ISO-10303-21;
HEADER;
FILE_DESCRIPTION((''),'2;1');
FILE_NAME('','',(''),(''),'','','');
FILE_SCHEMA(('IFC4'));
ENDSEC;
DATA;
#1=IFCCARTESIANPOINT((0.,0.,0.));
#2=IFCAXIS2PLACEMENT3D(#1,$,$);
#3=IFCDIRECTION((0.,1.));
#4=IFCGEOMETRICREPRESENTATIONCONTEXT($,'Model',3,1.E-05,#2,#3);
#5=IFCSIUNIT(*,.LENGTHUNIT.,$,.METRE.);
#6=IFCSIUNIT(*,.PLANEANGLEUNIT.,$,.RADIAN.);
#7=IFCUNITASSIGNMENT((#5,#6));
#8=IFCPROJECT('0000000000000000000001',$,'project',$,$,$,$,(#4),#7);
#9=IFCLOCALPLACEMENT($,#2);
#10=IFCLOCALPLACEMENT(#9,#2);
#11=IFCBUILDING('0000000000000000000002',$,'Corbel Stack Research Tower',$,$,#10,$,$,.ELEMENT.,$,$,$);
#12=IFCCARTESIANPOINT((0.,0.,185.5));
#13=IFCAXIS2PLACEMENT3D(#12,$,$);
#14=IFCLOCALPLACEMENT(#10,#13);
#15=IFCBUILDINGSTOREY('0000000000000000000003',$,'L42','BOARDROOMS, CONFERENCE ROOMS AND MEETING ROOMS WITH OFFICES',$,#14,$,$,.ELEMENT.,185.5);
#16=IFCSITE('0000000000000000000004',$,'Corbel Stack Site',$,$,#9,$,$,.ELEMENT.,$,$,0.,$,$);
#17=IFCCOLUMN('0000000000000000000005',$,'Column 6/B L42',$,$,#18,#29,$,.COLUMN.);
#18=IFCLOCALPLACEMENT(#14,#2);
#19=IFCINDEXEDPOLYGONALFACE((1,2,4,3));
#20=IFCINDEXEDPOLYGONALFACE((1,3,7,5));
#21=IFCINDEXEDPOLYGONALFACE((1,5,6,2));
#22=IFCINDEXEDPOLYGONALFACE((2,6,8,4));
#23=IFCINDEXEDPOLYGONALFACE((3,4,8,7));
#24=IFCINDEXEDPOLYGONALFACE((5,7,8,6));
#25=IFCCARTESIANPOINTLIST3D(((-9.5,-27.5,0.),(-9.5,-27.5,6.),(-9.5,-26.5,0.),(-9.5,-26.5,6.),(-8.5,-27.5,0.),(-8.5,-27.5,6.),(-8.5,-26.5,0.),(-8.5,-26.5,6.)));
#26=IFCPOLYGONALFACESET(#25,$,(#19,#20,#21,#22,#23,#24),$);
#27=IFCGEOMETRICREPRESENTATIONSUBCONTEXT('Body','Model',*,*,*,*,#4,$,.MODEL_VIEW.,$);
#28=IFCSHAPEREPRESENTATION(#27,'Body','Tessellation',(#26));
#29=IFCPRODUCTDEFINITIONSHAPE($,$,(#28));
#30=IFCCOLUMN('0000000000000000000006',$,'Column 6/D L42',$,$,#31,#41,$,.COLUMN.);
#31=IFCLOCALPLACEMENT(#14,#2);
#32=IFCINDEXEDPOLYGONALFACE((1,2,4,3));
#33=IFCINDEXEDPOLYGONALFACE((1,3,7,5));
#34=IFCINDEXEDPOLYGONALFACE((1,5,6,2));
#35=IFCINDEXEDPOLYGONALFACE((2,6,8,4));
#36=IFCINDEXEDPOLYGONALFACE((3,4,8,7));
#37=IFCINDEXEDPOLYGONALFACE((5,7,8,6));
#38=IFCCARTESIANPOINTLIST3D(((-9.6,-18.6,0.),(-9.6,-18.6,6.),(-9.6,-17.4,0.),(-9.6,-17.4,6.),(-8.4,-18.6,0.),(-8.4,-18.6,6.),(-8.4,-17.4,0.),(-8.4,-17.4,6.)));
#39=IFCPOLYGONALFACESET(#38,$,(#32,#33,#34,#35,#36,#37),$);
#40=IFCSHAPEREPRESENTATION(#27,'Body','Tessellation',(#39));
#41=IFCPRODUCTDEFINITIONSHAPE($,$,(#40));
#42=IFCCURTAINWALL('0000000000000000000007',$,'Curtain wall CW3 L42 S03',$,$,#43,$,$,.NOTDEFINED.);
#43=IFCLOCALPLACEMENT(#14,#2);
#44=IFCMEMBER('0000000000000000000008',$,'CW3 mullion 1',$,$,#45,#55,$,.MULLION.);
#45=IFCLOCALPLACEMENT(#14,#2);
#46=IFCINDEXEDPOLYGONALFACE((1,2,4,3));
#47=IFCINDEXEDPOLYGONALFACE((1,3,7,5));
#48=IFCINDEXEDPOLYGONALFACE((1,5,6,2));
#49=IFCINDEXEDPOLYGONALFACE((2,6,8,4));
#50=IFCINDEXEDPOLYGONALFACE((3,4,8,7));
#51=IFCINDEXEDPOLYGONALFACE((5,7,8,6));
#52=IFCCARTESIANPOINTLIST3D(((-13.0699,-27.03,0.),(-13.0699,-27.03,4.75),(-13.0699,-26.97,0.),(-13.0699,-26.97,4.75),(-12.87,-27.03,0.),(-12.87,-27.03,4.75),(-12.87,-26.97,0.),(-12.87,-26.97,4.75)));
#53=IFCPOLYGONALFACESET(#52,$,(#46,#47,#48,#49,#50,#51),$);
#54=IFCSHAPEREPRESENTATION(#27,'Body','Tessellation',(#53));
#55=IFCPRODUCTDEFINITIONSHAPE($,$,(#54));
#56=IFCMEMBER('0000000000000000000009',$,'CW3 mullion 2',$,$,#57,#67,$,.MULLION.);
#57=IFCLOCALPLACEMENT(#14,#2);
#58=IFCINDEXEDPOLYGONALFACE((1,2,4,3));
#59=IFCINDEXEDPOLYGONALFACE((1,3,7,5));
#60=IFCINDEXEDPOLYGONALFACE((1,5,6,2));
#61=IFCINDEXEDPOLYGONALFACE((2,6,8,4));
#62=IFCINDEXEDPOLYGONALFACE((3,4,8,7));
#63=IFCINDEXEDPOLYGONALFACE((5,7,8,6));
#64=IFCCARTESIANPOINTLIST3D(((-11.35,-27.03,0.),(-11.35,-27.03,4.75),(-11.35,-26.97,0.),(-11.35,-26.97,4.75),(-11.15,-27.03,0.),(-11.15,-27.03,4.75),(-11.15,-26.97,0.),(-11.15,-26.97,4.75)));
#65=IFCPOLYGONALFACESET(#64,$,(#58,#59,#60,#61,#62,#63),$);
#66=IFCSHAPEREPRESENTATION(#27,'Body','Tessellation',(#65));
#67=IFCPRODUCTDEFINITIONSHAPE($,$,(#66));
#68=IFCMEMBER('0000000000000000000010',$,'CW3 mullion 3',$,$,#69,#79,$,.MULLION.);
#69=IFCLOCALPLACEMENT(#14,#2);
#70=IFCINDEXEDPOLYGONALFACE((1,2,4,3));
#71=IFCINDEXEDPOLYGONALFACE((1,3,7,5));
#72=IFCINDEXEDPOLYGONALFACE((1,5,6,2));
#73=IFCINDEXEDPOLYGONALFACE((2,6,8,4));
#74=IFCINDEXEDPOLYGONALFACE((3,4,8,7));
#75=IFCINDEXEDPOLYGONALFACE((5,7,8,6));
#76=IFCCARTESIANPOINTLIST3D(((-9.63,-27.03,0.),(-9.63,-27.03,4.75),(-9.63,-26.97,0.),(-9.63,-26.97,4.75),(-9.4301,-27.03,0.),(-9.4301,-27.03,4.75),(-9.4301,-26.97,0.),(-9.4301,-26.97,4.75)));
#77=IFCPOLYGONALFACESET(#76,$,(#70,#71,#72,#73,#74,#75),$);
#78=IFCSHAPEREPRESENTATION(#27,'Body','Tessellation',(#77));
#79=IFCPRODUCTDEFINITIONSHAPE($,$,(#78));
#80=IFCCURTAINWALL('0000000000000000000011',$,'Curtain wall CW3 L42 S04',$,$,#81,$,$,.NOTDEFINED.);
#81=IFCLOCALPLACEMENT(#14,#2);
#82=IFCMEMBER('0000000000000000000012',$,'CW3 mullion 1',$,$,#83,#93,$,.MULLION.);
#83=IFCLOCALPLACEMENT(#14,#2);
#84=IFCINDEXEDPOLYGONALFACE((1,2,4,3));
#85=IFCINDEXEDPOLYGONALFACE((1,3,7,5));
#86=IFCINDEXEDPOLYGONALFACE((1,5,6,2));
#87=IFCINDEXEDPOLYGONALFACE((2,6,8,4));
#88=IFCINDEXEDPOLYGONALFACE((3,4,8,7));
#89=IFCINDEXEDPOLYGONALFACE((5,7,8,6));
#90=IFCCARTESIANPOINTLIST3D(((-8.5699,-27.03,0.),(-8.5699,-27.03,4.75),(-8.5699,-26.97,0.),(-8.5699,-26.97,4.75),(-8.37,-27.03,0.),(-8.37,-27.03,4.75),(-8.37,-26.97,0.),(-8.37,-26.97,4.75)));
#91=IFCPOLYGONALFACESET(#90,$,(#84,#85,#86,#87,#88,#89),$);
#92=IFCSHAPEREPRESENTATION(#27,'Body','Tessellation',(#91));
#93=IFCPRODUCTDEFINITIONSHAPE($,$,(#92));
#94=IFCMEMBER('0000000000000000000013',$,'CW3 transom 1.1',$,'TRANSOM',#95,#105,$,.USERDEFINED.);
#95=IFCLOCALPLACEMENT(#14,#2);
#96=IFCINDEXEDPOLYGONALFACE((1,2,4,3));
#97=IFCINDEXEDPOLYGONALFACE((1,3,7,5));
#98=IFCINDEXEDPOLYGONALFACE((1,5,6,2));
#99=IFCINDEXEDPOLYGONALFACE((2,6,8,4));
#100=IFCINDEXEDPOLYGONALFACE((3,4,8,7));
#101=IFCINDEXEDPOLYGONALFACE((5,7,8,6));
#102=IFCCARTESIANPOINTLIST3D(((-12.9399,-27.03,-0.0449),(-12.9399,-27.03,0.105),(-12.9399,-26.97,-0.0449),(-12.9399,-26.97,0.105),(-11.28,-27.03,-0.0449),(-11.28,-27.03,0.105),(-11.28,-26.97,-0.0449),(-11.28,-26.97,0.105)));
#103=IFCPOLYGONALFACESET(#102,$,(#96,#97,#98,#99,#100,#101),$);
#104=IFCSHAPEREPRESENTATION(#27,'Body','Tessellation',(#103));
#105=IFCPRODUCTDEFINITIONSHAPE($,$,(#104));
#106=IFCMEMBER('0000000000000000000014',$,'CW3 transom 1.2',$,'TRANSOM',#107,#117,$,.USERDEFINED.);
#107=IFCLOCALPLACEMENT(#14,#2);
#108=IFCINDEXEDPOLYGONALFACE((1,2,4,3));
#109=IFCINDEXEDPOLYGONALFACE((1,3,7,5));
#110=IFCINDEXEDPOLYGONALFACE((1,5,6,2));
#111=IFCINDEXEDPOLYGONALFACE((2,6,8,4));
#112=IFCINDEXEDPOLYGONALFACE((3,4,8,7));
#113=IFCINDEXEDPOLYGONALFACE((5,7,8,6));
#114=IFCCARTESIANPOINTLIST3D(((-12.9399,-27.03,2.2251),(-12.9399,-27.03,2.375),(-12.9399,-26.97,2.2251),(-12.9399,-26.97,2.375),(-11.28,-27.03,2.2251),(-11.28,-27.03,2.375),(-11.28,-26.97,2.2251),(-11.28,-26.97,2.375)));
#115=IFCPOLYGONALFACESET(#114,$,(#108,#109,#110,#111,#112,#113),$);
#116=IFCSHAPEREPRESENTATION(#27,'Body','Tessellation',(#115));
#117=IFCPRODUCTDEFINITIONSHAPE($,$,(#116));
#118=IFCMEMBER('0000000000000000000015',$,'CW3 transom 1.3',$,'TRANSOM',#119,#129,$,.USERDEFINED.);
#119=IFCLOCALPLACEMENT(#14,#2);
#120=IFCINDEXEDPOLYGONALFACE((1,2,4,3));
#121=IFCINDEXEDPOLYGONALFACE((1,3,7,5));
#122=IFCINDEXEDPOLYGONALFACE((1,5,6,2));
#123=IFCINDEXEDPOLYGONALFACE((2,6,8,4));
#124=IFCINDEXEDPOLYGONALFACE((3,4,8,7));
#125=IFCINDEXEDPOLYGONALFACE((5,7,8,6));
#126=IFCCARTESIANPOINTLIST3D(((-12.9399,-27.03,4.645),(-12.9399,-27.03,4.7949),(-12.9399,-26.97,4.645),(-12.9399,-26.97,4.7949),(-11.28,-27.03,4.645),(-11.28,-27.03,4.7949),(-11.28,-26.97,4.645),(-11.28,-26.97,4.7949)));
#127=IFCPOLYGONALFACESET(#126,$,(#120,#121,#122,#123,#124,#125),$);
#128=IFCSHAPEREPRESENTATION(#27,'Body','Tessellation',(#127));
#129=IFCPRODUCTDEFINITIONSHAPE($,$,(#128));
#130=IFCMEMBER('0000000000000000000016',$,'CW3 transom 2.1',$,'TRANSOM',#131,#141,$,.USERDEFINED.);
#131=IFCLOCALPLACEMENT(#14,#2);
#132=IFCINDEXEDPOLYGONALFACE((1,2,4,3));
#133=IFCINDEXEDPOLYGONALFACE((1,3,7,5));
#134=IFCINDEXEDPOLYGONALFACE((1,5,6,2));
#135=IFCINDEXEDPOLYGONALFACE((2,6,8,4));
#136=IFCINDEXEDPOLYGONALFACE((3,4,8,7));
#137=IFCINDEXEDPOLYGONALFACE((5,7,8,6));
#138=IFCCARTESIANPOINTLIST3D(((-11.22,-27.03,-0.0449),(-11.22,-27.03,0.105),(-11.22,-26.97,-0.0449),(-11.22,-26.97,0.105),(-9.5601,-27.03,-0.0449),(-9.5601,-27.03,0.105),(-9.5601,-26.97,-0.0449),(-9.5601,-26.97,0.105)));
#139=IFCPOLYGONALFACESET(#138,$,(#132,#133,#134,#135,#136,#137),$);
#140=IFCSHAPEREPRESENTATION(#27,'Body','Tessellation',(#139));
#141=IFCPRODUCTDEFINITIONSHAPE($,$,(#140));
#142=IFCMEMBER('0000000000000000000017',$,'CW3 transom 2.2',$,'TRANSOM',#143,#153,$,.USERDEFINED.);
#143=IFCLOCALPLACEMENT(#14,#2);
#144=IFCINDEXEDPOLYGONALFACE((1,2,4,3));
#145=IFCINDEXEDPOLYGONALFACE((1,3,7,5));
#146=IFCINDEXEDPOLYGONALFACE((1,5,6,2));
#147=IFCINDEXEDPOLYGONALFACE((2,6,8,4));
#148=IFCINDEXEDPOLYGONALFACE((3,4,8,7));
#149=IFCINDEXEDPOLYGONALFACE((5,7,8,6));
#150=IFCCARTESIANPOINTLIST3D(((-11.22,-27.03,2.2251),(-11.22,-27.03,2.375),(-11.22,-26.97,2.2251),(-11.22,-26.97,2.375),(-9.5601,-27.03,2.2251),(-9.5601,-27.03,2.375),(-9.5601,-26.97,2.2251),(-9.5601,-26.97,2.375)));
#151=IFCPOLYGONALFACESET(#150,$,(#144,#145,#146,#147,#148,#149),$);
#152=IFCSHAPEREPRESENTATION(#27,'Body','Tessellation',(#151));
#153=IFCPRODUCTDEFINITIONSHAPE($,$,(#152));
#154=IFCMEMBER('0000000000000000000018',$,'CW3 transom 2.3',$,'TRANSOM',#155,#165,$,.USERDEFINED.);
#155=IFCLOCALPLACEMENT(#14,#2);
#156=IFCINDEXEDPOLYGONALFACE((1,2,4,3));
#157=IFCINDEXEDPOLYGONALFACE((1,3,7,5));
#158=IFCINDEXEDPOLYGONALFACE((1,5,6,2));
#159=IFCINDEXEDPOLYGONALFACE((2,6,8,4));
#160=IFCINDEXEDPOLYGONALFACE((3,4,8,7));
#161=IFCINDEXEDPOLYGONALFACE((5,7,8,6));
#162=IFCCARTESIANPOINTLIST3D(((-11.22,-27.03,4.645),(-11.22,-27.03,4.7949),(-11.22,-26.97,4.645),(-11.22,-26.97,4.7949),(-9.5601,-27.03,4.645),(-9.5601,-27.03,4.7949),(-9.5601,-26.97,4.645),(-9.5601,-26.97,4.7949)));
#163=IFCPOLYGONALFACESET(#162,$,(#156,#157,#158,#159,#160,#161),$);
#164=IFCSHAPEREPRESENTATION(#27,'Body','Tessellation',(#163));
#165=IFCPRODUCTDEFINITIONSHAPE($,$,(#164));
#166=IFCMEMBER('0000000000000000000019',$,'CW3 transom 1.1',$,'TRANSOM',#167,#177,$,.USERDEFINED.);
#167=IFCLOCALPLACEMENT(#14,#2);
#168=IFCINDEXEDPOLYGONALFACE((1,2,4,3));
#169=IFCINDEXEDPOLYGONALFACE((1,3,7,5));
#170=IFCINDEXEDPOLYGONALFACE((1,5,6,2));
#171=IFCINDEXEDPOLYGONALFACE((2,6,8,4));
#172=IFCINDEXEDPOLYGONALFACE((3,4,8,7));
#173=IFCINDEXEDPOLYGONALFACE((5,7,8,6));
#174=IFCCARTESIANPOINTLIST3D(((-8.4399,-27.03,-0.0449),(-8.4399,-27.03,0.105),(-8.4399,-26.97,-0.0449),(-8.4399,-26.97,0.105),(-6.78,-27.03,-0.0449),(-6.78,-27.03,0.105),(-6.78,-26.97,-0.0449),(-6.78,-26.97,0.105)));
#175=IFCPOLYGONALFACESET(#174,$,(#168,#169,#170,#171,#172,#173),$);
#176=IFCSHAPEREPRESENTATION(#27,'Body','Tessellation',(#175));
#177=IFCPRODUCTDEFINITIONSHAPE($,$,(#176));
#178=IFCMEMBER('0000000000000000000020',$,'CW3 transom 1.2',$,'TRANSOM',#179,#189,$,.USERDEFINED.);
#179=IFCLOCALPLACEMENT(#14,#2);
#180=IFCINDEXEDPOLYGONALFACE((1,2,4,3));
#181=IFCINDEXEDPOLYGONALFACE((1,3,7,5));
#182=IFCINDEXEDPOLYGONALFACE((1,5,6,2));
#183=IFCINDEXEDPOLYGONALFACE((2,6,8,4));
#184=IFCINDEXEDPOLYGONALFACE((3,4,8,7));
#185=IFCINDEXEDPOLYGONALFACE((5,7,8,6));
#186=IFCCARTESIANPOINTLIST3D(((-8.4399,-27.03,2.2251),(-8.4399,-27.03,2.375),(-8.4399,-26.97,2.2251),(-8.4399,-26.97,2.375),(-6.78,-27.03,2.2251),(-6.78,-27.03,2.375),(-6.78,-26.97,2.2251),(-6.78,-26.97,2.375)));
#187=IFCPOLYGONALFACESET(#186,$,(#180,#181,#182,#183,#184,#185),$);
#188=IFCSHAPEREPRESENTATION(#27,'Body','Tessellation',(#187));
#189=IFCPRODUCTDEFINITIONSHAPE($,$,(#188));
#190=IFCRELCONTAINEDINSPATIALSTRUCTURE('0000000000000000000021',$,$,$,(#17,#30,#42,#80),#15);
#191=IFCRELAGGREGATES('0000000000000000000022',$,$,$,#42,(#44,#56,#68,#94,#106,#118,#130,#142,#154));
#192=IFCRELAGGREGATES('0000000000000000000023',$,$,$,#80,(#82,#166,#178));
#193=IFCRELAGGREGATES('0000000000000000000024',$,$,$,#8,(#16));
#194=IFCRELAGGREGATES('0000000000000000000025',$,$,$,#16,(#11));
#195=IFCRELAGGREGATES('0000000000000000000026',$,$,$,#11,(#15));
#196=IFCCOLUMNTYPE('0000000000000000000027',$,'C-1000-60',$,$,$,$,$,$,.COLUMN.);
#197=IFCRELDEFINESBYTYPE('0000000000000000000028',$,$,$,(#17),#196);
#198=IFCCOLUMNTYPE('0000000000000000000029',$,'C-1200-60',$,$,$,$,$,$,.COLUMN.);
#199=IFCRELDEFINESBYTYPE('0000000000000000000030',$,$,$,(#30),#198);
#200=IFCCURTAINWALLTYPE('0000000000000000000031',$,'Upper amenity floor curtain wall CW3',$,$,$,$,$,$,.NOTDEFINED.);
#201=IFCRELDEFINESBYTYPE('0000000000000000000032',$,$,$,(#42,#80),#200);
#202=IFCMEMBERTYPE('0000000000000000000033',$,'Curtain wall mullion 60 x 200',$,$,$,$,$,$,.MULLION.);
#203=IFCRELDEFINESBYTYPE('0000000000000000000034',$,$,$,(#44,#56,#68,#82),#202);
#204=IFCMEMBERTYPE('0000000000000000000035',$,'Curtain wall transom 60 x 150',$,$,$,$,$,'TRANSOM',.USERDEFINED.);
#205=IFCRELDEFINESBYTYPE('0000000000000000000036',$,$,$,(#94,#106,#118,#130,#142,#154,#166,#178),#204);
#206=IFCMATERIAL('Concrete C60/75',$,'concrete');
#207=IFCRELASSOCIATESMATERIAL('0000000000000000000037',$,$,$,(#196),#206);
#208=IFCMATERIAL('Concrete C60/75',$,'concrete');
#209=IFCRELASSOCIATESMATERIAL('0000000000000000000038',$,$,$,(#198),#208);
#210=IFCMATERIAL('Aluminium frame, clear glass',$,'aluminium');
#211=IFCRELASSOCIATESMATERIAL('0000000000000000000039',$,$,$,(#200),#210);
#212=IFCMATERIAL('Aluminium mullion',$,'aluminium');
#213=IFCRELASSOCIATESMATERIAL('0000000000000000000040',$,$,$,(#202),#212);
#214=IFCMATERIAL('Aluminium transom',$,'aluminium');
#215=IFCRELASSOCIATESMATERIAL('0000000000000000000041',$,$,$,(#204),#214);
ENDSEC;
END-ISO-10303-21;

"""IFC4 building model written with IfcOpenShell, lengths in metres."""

from ifc_helpers import new_model, si_unit, direction, frame, origin, origin_2d, place, context, subcontext, project, spatial, rectangle, extrude, material, material_profile, profile_set, type_object, element, aggregate, save


model = new_model("IFC4")

# Units and contexts
model_context = context("Model", 3, precision=1e-05, world=origin(), true_north=direction((0.0, 1.0)))
body_context = subcontext(model_context, "Body", "Model", "MODEL_VIEW")
ifc_project = project(units=[si_unit("LENGTHUNIT", "METRE"), si_unit("PLANEANGLEUNIT", "RADIAN")], contexts=[model_context])

# Site, building, storey
site_placement = place(None, origin())
site = spatial("IfcSite", under=ifc_project, at=site_placement, Name="Corbel Stack Site", CompositionType="ELEMENT", RefElevation=0.0)
building_placement = place(site_placement, origin())
building = spatial("IfcBuilding", under=site, at=building_placement, Name="Corbel Stack Research Tower", CompositionType="ELEMENT")
storey_placement = place(building_placement, frame((0.0, 0.0, 185.5)))
storey = spatial("IfcBuildingStorey", under=building, at=storey_placement, Name="L42", Description="BOARDROOMS, CONFERENCE ROOMS AND MEETING ROOMS WITH OFFICES", CompositionType="ELEMENT", Elevation=185.5)

# Columns
ifc_material_1 = material(Name="Concrete C60/75", Category="concrete")
ifc_material_profile_1 = material_profile(ifc_material_1, rectangle(XDim=1.0, YDim=1.0, at=origin_2d()), Name="RC 1000 x 1000")
ifc_profile_set_1 = profile_set([ifc_material_profile_1], Name="Concrete C60/75")
column_type_1 = type_object("IfcColumnType", Name="C-1000-60", PredefinedType="COLUMN", material=ifc_profile_set_1)
column_1_placement = place(storey_placement, frame((-9.0, -27.0, 0.0), z_axis=(0.0, 0.0, 1.0), x_axis=(1.0, 0.0, 0.0)))
element("IfcColumn", 1, at=column_1_placement, inside=storey, type_object=column_type_1, Name="Column 6/B L42", PredefinedType="COLUMN", context=body_context, shape_type="SweptSolid", body=[
    extrude(rectangle(XDim=1.0, YDim=1.0, at=origin_2d()), origin(), (0.0, 0.0, 1.0), 6.0),
])
ifc_material_2 = material(Name="Concrete C60/75", Category="concrete")
ifc_material_profile_2 = material_profile(ifc_material_2, rectangle(XDim=1.2, YDim=1.2, at=origin_2d()), Name="RC 1200 x 1200")
ifc_profile_set_2 = profile_set([ifc_material_profile_2], Name="Concrete C60/75")
column_type_2 = type_object("IfcColumnType", Name="C-1200-60", PredefinedType="COLUMN", material=ifc_profile_set_2)
column_2_placement = place(storey_placement, frame((-9.0, -18.0, 0.0), z_axis=(0.0, 0.0, 1.0), x_axis=(1.0, 0.0, 0.0)))
element("IfcColumn", 2, at=column_2_placement, inside=storey, type_object=column_type_2, Name="Column 6/D L42", PredefinedType="COLUMN", context=body_context, shape_type="SweptSolid", body=[
    extrude(rectangle(XDim=1.2, YDim=1.2, at=origin_2d()), origin(), (0.0, 0.0, 1.0), 6.0),
])

# Curtain wall, members
ifc_material_3 = material(Name="Aluminium frame, clear glass", Category="aluminium")
curtain_wall_type = type_object("IfcCurtainWallType", Name="Upper amenity floor curtain wall CW3", PredefinedType="NOTDEFINED", material=ifc_material_3)
curtain_wall_1_placement = place(storey_placement, origin())
curtain_wall_1 = element("IfcCurtainWall", 3, at=curtain_wall_1_placement, inside=storey, type_object=curtain_wall_type, Name="Curtain wall CW3 L42 S03", PredefinedType="NOTDEFINED")
ifc_material_4 = material(Name="Aluminium mullion", Category="aluminium")
ifc_material_profile_3 = material_profile(ifc_material_4, rectangle(XDim=0.0601, YDim=0.2, at=origin_2d()), Name="Mullion 60 x 200")
ifc_profile_set_3 = profile_set([ifc_material_profile_3], Name="Aluminium mullion")
member_type_1 = type_object("IfcMemberType", Name="Curtain wall mullion 60 x 200", PredefinedType="MULLION", material=ifc_profile_set_3)
member_1_placement = place(storey_placement, frame((-12.97, -27.0, 0.0), z_axis=(0.0, 0.0, 1.0), x_axis=(0.0, 1.0, 0.0)))
member_1 = element("IfcMember", 4, at=member_1_placement, type_object=member_type_1, Name="CW3 mullion 1", PredefinedType="MULLION", context=body_context, shape_type="SweptSolid", body=[
    extrude(rectangle(XDim=0.0601, YDim=0.2, at=origin_2d()), origin(), (0.0, 0.0, 1.0), 4.75),
])
member_2_placement = place(storey_placement, frame((-11.25, -27.0, 0.0), z_axis=(0.0, 0.0, 1.0), x_axis=(0.0, 1.0, 0.0)))
member_2 = element("IfcMember", 5, at=member_2_placement, type_object=member_type_1, Name="CW3 mullion 2", PredefinedType="MULLION", context=body_context, shape_type="SweptSolid", body=[
    extrude(rectangle(XDim=0.0601, YDim=0.2, at=origin_2d()), origin(), (0.0, 0.0, 1.0), 4.75),
])
member_3_placement = place(storey_placement, frame((-9.53, -27.0, 0.0), z_axis=(0.0, 0.0, 1.0), x_axis=(0.0, 1.0, 0.0)))
member_3 = element("IfcMember", 6, at=member_3_placement, type_object=member_type_1, Name="CW3 mullion 3", PredefinedType="MULLION", context=body_context, shape_type="SweptSolid", body=[
    extrude(rectangle(XDim=0.0601, YDim=0.2, at=origin_2d()), origin(), (0.0, 0.0, 1.0), 4.75),
])

# Curtain wall, member
curtain_wall_2_placement = place(storey_placement, origin())
curtain_wall_2 = element("IfcCurtainWall", 7, at=curtain_wall_2_placement, inside=storey, type_object=curtain_wall_type, Name="Curtain wall CW3 L42 S04", PredefinedType="NOTDEFINED")
member_4_placement = place(storey_placement, frame((-8.47, -27.0, 0.0), z_axis=(0.0, 0.0, 1.0), x_axis=(0.0, 1.0, 0.0)))
member_4 = element("IfcMember", 8, at=member_4_placement, type_object=member_type_1, Name="CW3 mullion 1", PredefinedType="MULLION", context=body_context, shape_type="SweptSolid", body=[
    extrude(rectangle(XDim=0.0601, YDim=0.2, at=origin_2d()), origin(), (0.0, 0.0, 1.0), 4.75),
])

# Members
ifc_material_5 = material(Name="Aluminium transom", Category="aluminium")
ifc_material_profile_4 = material_profile(ifc_material_5, rectangle(XDim=0.0601, YDim=0.1499, at=origin_2d()), Name="Transom 60 x 150")
ifc_profile_set_4 = profile_set([ifc_material_profile_4], Name="Aluminium transom")
member_type_2 = type_object("IfcMemberType", Name="Curtain wall transom 60 x 150", ElementType="TRANSOM", PredefinedType="USERDEFINED", material=ifc_profile_set_4)
member_5_placement = place(storey_placement, frame((-12.9399, -27.0, 0.03), z_axis=(1.0, 0.0, 0.0), x_axis=(0.0, 1.0, 0.0)))
member_5 = element("IfcMember", 9, at=member_5_placement, type_object=member_type_2, Name="CW3 transom 1.1", ObjectType="TRANSOM", PredefinedType="USERDEFINED", context=body_context, shape_type="SweptSolid", body=[
    extrude(rectangle(XDim=0.0601, YDim=0.1499, at=origin_2d()), origin(), (0.0, 0.0, 1.0), 1.6599),
])
member_6_placement = place(storey_placement, frame((-12.9399, -27.0, 2.3), z_axis=(1.0, 0.0, 0.0), x_axis=(0.0, 1.0, 0.0)))
member_6 = element("IfcMember", 10, at=member_6_placement, type_object=member_type_2, Name="CW3 transom 1.2", ObjectType="TRANSOM", PredefinedType="USERDEFINED", context=body_context, shape_type="SweptSolid", body=[
    extrude(rectangle(XDim=0.0601, YDim=0.1499, at=origin_2d()), origin(), (0.0, 0.0, 1.0), 1.6599),
])
member_7_placement = place(storey_placement, frame((-12.9399, -27.0, 4.72), z_axis=(1.0, 0.0, 0.0), x_axis=(0.0, 1.0, 0.0)))
member_7 = element("IfcMember", 11, at=member_7_placement, type_object=member_type_2, Name="CW3 transom 1.3", ObjectType="TRANSOM", PredefinedType="USERDEFINED", context=body_context, shape_type="SweptSolid", body=[
    extrude(rectangle(XDim=0.0601, YDim=0.1499, at=origin_2d()), origin(), (0.0, 0.0, 1.0), 1.6599),
])
member_8_placement = place(storey_placement, frame((-11.22, -27.0, 0.03), z_axis=(1.0, 0.0, 0.0), x_axis=(0.0, 1.0, 0.0)))
member_8 = element("IfcMember", 12, at=member_8_placement, type_object=member_type_2, Name="CW3 transom 2.1", ObjectType="TRANSOM", PredefinedType="USERDEFINED", context=body_context, shape_type="SweptSolid", body=[
    extrude(rectangle(XDim=0.0601, YDim=0.1499, at=origin_2d()), origin(), (0.0, 0.0, 1.0), 1.6599),
])
member_9_placement = place(storey_placement, frame((-11.22, -27.0, 2.3), z_axis=(1.0, 0.0, 0.0), x_axis=(0.0, 1.0, 0.0)))
member_9 = element("IfcMember", 13, at=member_9_placement, type_object=member_type_2, Name="CW3 transom 2.2", ObjectType="TRANSOM", PredefinedType="USERDEFINED", context=body_context, shape_type="SweptSolid", body=[
    extrude(rectangle(XDim=0.0601, YDim=0.1499, at=origin_2d()), origin(), (0.0, 0.0, 1.0), 1.6599),
])
member_10_placement = place(storey_placement, frame((-11.22, -27.0, 4.72), z_axis=(1.0, 0.0, 0.0), x_axis=(0.0, 1.0, 0.0)))
member_10 = element("IfcMember", 14, at=member_10_placement, type_object=member_type_2, Name="CW3 transom 2.3", ObjectType="TRANSOM", PredefinedType="USERDEFINED", context=body_context, shape_type="SweptSolid", body=[
    extrude(rectangle(XDim=0.0601, YDim=0.1499, at=origin_2d()), origin(), (0.0, 0.0, 1.0), 1.6599),
])
member_11_placement = place(storey_placement, frame((-8.4399, -27.0, 0.03), z_axis=(1.0, 0.0, 0.0), x_axis=(0.0, 1.0, 0.0)))
member_11 = element("IfcMember", 15, at=member_11_placement, type_object=member_type_2, Name="CW3 transom 1.1", ObjectType="TRANSOM", PredefinedType="USERDEFINED", context=body_context, shape_type="SweptSolid", body=[
    extrude(rectangle(XDim=0.0601, YDim=0.1499, at=origin_2d()), origin(), (0.0, 0.0, 1.0), 1.6599),
])
member_12_placement = place(storey_placement, frame((-8.4399, -27.0, 2.3), z_axis=(1.0, 0.0, 0.0), x_axis=(0.0, 1.0, 0.0)))
member_12 = element("IfcMember", 16, at=member_12_placement, type_object=member_type_2, Name="CW3 transom 1.2", ObjectType="TRANSOM", PredefinedType="USERDEFINED", context=body_context, shape_type="SweptSolid", body=[
    extrude(rectangle(XDim=0.0601, YDim=0.1499, at=origin_2d()), origin(), (0.0, 0.0, 1.0), 1.6599),
])

aggregate(curtain_wall_1, [member_1, member_2, member_3, member_5, member_6, member_7, member_8, member_9, member_10])
aggregate(curtain_wall_2, [member_4, member_11, member_12])

save(model, "model.ifc")
